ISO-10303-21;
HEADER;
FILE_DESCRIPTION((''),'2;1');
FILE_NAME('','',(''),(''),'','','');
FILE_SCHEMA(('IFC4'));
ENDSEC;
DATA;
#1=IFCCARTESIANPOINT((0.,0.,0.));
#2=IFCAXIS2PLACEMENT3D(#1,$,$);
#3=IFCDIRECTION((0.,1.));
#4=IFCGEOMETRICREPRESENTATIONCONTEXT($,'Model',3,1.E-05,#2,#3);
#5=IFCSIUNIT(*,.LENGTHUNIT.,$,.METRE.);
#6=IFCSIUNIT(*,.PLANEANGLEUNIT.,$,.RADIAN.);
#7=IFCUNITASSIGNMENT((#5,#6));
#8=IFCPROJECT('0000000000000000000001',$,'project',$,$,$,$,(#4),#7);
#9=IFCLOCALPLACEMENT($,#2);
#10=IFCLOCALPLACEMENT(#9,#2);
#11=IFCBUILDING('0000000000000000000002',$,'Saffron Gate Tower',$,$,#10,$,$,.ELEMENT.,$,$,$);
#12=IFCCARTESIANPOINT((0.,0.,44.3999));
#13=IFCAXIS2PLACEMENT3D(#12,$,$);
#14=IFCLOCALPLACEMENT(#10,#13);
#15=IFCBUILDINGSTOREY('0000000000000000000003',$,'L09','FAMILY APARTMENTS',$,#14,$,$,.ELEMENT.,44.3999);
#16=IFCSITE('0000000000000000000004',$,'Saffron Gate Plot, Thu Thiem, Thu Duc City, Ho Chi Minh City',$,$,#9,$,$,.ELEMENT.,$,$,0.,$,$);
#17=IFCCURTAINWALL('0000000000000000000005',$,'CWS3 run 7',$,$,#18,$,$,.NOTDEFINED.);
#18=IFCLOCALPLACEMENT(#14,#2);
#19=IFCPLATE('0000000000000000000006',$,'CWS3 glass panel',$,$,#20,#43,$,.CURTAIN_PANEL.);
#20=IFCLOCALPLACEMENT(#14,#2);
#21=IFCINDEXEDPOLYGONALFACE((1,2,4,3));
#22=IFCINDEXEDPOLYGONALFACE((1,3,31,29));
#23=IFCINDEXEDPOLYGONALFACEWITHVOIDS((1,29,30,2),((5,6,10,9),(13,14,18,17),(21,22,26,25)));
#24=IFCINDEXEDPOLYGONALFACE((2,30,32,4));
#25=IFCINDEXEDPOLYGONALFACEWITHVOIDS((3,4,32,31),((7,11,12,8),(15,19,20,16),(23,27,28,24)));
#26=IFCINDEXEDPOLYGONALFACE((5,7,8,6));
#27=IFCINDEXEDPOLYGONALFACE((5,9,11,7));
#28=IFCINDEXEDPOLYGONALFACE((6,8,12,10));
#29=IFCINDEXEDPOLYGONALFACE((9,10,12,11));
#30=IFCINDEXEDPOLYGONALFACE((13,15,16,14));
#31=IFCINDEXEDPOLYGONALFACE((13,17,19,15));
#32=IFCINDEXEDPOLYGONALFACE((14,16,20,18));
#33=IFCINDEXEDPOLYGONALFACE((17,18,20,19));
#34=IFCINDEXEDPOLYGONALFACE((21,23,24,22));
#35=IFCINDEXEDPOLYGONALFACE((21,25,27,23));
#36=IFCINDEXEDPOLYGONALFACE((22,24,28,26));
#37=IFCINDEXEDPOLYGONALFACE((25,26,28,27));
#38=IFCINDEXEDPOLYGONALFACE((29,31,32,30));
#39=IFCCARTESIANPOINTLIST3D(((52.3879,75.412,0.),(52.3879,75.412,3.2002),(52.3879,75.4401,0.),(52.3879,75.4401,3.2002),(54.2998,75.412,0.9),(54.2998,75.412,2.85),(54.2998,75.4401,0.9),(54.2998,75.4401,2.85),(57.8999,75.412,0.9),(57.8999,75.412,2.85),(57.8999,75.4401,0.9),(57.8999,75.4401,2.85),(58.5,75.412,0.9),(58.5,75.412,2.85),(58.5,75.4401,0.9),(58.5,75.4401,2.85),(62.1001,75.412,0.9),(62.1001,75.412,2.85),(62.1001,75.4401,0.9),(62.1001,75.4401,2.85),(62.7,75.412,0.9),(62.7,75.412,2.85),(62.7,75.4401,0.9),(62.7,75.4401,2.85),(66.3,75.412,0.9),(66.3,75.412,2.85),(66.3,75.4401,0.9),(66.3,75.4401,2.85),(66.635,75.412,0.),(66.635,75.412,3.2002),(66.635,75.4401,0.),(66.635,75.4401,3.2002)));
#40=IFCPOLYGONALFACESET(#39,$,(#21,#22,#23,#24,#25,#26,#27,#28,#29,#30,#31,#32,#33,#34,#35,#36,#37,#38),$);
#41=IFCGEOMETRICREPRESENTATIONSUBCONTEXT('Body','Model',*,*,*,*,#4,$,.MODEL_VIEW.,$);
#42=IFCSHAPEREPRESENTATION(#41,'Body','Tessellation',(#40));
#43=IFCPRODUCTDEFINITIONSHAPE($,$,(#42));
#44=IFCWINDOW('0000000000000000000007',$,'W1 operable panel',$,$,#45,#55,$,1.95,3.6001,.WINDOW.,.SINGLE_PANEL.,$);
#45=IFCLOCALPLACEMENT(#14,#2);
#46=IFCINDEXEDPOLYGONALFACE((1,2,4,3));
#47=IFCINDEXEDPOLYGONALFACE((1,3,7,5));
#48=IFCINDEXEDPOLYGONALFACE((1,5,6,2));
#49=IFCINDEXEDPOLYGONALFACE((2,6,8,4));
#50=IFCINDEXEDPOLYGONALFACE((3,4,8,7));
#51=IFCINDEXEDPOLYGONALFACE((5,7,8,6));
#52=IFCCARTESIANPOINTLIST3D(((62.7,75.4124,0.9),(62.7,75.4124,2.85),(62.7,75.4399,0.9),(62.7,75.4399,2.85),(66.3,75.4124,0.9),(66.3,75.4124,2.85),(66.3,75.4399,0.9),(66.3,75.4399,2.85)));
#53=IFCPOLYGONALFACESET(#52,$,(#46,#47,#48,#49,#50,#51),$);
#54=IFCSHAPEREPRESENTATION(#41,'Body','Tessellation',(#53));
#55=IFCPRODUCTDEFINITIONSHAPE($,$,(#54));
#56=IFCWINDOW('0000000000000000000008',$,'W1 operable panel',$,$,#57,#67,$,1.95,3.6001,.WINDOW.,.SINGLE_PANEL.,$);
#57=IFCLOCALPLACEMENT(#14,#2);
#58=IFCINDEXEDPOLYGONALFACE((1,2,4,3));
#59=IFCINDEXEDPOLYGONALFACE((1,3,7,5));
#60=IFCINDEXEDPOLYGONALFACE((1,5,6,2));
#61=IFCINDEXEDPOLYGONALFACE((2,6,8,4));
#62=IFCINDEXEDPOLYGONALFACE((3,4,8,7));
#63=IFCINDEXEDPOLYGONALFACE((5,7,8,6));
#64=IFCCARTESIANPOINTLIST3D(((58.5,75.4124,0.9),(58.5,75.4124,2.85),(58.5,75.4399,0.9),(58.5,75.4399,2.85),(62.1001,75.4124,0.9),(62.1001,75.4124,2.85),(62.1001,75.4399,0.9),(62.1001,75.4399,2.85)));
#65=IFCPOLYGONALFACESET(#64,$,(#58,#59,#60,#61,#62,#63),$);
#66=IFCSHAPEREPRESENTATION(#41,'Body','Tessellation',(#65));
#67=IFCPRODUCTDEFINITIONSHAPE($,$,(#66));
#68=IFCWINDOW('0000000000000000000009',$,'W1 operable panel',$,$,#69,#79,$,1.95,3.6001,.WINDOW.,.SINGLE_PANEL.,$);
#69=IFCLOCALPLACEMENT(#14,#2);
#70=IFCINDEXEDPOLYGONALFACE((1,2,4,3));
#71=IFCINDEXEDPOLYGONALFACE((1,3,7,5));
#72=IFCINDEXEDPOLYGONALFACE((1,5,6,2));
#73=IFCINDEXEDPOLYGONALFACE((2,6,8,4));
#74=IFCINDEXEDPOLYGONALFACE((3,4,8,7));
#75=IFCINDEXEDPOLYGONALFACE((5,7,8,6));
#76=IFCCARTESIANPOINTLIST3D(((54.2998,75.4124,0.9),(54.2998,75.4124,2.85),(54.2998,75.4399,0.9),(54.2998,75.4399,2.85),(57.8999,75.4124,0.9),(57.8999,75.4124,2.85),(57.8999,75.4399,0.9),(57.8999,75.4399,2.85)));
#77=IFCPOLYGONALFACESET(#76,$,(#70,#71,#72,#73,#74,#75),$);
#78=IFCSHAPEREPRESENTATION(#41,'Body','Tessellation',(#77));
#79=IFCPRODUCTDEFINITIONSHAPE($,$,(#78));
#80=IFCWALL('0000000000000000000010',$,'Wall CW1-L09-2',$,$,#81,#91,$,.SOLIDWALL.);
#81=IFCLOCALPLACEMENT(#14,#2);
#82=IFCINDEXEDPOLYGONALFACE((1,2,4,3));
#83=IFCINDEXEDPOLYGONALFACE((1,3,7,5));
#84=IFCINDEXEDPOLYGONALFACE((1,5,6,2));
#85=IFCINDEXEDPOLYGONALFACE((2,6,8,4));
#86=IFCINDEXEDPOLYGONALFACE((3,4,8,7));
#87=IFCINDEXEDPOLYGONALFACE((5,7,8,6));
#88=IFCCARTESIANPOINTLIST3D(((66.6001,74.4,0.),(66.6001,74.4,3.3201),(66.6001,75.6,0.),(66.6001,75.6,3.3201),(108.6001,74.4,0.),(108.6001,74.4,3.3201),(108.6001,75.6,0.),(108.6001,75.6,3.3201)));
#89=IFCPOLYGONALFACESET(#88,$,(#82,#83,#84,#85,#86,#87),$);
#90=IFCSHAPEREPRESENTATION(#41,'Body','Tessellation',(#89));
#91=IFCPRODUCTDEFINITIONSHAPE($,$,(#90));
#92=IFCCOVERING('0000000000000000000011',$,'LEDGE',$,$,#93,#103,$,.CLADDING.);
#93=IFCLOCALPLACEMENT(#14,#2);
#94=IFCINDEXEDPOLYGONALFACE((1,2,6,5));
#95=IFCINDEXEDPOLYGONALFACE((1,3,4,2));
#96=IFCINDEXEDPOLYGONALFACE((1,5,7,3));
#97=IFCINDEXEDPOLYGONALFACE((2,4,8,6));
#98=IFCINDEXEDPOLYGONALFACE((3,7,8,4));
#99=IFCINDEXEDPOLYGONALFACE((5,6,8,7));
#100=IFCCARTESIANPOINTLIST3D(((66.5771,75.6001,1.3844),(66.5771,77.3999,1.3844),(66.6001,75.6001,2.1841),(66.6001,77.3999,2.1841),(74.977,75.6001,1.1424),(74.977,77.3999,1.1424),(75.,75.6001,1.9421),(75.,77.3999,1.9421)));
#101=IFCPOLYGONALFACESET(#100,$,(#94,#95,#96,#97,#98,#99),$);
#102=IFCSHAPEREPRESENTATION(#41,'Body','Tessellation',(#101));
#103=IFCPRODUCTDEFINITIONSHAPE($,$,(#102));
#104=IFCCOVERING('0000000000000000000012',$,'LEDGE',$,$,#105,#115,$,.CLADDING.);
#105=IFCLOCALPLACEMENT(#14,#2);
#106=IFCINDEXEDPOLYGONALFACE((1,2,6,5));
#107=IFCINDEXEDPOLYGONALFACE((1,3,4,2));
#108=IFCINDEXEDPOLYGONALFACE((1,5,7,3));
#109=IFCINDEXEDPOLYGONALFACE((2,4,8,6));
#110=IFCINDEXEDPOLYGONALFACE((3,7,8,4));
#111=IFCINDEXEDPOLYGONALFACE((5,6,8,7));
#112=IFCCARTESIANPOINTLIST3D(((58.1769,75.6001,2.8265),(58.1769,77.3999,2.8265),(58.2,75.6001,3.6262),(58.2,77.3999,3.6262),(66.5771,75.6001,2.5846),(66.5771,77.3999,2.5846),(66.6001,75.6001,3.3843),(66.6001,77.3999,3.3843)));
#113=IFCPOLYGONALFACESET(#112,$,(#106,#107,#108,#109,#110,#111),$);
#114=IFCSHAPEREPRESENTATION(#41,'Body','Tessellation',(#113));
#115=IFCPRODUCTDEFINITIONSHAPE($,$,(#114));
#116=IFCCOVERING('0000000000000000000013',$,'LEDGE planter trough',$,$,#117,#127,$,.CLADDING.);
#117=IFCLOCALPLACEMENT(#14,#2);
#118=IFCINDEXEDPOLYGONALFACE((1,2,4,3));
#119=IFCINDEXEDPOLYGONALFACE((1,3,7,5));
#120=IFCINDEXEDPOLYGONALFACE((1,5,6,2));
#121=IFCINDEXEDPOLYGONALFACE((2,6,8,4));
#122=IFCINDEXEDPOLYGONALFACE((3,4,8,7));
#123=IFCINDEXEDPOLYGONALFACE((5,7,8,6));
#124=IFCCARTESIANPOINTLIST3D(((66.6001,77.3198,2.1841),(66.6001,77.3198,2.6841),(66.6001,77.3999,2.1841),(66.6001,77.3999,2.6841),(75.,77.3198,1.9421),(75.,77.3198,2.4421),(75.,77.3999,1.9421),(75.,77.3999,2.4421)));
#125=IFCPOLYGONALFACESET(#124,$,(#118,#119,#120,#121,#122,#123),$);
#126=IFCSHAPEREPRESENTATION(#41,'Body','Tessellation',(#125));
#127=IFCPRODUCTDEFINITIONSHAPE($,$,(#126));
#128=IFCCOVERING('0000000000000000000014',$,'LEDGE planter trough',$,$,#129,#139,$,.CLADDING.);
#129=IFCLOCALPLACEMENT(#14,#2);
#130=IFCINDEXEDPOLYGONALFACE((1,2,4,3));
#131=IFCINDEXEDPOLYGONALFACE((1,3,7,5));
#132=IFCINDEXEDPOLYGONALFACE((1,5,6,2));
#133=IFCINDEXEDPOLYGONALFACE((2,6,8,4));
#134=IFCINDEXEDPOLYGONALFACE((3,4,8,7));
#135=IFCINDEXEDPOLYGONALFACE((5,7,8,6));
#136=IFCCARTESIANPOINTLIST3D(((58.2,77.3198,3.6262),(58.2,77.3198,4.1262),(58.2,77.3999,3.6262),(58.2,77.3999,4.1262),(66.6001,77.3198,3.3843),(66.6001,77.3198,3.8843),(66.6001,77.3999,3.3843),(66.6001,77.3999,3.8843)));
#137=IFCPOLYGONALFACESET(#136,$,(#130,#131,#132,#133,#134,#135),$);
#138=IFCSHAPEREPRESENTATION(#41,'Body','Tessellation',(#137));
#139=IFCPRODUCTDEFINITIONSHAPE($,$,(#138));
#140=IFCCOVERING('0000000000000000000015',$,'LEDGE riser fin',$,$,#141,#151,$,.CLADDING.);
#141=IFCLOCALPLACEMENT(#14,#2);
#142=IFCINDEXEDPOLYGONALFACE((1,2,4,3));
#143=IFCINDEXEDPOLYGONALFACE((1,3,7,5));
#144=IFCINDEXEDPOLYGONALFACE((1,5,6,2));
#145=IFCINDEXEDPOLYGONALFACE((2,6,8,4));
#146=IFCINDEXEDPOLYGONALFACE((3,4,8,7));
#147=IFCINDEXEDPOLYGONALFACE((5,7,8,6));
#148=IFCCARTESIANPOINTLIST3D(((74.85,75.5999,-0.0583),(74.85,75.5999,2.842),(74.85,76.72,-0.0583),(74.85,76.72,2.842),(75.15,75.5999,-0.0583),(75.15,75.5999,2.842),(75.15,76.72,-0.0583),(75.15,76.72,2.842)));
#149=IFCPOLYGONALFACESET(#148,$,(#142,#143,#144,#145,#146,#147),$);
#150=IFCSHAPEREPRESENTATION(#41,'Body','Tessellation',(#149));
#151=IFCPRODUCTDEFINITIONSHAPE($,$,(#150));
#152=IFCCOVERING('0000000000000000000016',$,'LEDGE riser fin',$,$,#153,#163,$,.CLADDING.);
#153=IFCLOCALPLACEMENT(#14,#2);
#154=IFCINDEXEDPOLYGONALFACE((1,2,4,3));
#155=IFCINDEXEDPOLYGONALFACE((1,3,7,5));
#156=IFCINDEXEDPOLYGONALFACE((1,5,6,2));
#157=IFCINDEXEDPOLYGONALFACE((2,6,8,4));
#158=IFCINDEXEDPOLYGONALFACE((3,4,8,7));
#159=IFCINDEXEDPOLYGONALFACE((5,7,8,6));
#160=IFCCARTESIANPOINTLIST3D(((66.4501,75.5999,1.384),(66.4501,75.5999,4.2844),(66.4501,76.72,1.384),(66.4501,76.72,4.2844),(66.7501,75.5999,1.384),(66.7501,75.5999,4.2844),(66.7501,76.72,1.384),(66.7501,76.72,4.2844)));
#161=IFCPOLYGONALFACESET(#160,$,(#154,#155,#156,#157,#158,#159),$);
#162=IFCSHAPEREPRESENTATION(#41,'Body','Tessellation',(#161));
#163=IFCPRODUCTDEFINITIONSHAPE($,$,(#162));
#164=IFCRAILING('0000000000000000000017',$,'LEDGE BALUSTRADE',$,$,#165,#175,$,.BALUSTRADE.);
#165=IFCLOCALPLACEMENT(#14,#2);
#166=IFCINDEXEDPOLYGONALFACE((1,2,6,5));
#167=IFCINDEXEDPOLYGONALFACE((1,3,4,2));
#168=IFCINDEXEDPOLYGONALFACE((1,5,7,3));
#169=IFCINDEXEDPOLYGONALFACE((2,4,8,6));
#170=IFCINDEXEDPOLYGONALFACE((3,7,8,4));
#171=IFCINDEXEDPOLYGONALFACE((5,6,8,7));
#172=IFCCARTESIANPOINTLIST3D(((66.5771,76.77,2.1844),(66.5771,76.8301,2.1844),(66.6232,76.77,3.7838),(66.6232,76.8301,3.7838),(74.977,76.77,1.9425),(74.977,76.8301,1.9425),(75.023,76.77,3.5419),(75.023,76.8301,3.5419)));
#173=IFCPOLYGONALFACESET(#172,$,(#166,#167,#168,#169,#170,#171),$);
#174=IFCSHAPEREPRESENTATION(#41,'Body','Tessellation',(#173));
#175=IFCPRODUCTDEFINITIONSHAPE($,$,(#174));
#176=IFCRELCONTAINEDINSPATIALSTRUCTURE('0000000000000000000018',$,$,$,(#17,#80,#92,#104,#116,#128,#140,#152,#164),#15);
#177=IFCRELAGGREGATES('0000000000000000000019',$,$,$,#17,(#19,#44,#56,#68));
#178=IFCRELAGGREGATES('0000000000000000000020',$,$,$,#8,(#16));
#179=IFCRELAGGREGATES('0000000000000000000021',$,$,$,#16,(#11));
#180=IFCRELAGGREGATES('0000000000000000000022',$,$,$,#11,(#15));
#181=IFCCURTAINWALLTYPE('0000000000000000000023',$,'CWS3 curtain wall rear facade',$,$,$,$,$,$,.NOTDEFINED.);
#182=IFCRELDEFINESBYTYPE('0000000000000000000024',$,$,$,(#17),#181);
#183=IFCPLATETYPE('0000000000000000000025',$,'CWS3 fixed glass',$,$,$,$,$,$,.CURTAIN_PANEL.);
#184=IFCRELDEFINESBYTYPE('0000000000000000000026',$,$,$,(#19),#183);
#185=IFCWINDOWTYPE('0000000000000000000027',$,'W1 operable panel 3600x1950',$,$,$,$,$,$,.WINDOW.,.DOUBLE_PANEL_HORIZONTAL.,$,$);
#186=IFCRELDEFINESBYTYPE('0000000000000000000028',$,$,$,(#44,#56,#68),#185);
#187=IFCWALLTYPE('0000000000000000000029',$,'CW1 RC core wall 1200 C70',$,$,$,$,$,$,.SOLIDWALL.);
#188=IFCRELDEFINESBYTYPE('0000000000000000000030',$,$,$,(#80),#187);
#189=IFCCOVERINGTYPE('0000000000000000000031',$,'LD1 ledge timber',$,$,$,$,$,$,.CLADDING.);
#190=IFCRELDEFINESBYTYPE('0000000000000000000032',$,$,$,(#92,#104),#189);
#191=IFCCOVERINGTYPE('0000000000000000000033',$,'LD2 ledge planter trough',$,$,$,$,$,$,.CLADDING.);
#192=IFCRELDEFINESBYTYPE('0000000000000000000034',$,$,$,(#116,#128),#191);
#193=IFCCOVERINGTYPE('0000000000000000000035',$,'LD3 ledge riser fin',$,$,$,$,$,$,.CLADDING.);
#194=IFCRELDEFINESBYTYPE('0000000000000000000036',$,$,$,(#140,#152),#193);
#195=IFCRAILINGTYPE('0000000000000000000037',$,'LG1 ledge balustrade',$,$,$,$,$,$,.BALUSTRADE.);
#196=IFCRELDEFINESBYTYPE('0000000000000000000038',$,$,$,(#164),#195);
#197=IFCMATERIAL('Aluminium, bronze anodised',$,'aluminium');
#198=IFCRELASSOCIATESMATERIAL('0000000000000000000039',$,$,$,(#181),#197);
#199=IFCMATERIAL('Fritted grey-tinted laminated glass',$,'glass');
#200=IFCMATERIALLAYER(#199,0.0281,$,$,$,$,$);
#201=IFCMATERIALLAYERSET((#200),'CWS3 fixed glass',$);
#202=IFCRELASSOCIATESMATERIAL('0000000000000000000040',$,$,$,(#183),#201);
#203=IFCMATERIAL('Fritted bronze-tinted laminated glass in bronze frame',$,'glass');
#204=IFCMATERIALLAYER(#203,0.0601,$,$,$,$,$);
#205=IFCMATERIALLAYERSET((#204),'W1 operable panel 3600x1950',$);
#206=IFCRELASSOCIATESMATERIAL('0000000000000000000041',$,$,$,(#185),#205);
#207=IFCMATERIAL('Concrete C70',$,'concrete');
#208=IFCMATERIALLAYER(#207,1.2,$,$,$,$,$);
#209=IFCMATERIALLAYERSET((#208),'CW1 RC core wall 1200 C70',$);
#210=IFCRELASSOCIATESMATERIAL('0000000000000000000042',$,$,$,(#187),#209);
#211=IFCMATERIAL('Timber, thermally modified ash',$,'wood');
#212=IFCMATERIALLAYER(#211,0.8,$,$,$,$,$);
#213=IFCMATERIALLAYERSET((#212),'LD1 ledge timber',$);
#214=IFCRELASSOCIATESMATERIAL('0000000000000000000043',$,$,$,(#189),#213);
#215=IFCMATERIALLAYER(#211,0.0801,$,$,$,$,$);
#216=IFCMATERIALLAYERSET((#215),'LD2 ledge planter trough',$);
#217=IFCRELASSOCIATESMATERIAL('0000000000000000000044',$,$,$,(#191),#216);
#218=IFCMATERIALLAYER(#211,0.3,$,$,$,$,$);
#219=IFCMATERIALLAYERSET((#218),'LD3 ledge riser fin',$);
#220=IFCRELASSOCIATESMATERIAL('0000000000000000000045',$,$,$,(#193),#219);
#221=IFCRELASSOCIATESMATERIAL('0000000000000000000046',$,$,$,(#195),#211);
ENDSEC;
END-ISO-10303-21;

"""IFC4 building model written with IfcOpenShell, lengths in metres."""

from ifc_helpers import new_model, si_unit, direction, frame, frame_2d, origin, origin_2d, place, context, subcontext, project, spatial, polyline, rectangle, outline, extrude, material, layer, layer_set, type_object, element, fill, aggregate, save


model = new_model("IFC4")

# Units and contexts
model_context = context("Model", 3, precision=1e-05, world=origin(), true_north=direction((0.0, 1.0)))
body_context = subcontext(model_context, "Body", "Model", "MODEL_VIEW")
ifc_project = project(units=[si_unit("LENGTHUNIT", "METRE"), si_unit("PLANEANGLEUNIT", "RADIAN")], contexts=[model_context])

# Site, building, storey
site_placement = place(None, origin())
site = spatial("IfcSite", under=ifc_project, at=site_placement, Name="Saffron Gate Plot, Thu Thiem, Thu Duc City, Ho Chi Minh City", CompositionType="ELEMENT", RefElevation=0.0)
building_placement = place(site_placement, origin())
building = spatial("IfcBuilding", under=site, at=building_placement, Name="Saffron Gate Tower", CompositionType="ELEMENT")
storey_placement = place(building_placement, frame((0.0, 0.0, 44.3999)))
storey = spatial("IfcBuildingStorey", under=building, at=storey_placement, Name="L09", Description="FAMILY APARTMENTS", CompositionType="ELEMENT", Elevation=44.3999)

# Curtain wall, plate, openings, windows
ifc_material_1 = material(Name="Aluminium, bronze anodised", Category="aluminium")
curtain_wall_type = type_object("IfcCurtainWallType", Name="CWS3 curtain wall rear facade", PredefinedType="NOTDEFINED", material=ifc_material_1)
curtain_wall_placement = place(storey_placement, origin())
curtain_wall = element("IfcCurtainWall", 1, at=curtain_wall_placement, inside=storey, type_object=curtain_wall_type, Name="CWS3 run 7", PredefinedType="NOTDEFINED")
ifc_material_2 = material(Name="Fritted grey-tinted laminated glass", Category="glass")
ifc_layer_1 = layer(ifc_material_2, 0.0281)
ifc_layer_set_1 = layer_set([ifc_layer_1], Name="CWS3 fixed glass")
plate_type = type_object("IfcPlateType", Name="CWS3 fixed glass", PredefinedType="CURTAIN_PANEL", material=ifc_layer_set_1)
plate_placement = place(storey_placement, frame((66.635, 75.426, 0.0), z_axis=(0.0, 0.0, 1.0), x_axis=(-1.0, 0.0, 0.0)))
plate = element("IfcPlate", 2, at=plate_placement, type_object=plate_type, Name="CWS3 glass panel", PredefinedType="CURTAIN_PANEL", context=body_context, shape_type="SweptSolid", body=[
    extrude(rectangle(XDim=14.2471, YDim=0.0281, at=frame_2d((7.1235, 0.0))), origin(), (0.0, 0.0, 1.0), 3.2002),
])
opening_1_placement = place(plate_placement, frame((0.335, 0.0, 0.8999)))
opening_1 = element("IfcOpeningElement", 3, at=opening_1_placement, cuts=plate, PredefinedType="OPENING", context=body_context, shape_type="SweptSolid", body=[
    extrude(rectangle(XDim=3.6001, YDim=1.95, at=frame_2d((1.8, 0.9751))), frame((0.0, 0.0239, 0.0), z_axis=(0.0, -1.0, 0.0), x_axis=(1.0, 0.0, 0.0)), (0.0, 0.0, 1.0), 0.0481),
])
opening_2_placement = place(plate_placement, frame((4.5349, 0.0, 0.8999)))
opening_2 = element("IfcOpeningElement", 4, at=opening_2_placement, cuts=plate, PredefinedType="OPENING", context=body_context, shape_type="SweptSolid", body=[
    extrude(rectangle(XDim=3.6001, YDim=1.95, at=frame_2d((1.8, 0.9751))), frame((0.0, 0.0239, 0.0), z_axis=(0.0, -1.0, 0.0), x_axis=(1.0, 0.0, 0.0)), (0.0, 0.0, 1.0), 0.0481),
])
opening_3_placement = place(plate_placement, frame((8.7351, 0.0, 0.8999)))
opening_3 = element("IfcOpeningElement", 5, at=opening_3_placement, cuts=plate, PredefinedType="OPENING", context=body_context, shape_type="SweptSolid", body=[
    extrude(rectangle(XDim=3.6001, YDim=1.95, at=frame_2d((1.8, 0.9751))), frame((0.0, 0.0239, 0.0), z_axis=(0.0, -1.0, 0.0), x_axis=(1.0, 0.0, 0.0)), (0.0, 0.0, 1.0), 0.0481),
])
ifc_material_3 = material(Name="Fritted bronze-tinted laminated glass in bronze frame", Category="glass")
ifc_layer_2 = layer(ifc_material_3, 0.0601)
ifc_layer_set_2 = layer_set([ifc_layer_2], Name="W1 operable panel 3600x1950")
window_type = type_object("IfcWindowType", Name="W1 operable panel 3600x1950", PartitioningType="DOUBLE_PANEL_HORIZONTAL", PredefinedType="WINDOW", material=ifc_layer_set_2)
window_1_placement = place(opening_1_placement, origin())
window_1 = element("IfcWindow", 6, at=window_1_placement, type_object=window_type, Name="W1 operable panel", OverallHeight=1.95, OverallWidth=3.6001, PartitioningType="SINGLE_PANEL", PredefinedType="WINDOW", context=body_context, shape_type="SweptSolid", body=[
    extrude(rectangle(XDim=3.6001, YDim=1.95, at=frame_2d((1.8, 0.9751))), frame((0.0, 0.0137, 0.0), z_axis=(0.0, -1.0, 0.0), x_axis=(1.0, 0.0, 0.0)), (0.0, 0.0, 1.0), 0.0276),
])
fill(opening_1, window_1)
window_2_placement = place(opening_2_placement, origin())
window_2 = element("IfcWindow", 7, at=window_2_placement, type_object=window_type, Name="W1 operable panel", OverallHeight=1.95, OverallWidth=3.6001, PartitioningType="SINGLE_PANEL", PredefinedType="WINDOW", context=body_context, shape_type="SweptSolid", body=[
    extrude(rectangle(XDim=3.6001, YDim=1.95, at=frame_2d((1.8, 0.9751))), frame((0.0, 0.0137, 0.0), z_axis=(0.0, -1.0, 0.0), x_axis=(1.0, 0.0, 0.0)), (0.0, 0.0, 1.0), 0.0276),
])
fill(opening_2, window_2)
window_3_placement = place(opening_3_placement, origin())
window_3 = element("IfcWindow", 8, at=window_3_placement, type_object=window_type, Name="W1 operable panel", OverallHeight=1.95, OverallWidth=3.6001, PartitioningType="SINGLE_PANEL", PredefinedType="WINDOW", context=body_context, shape_type="SweptSolid", body=[
    extrude(rectangle(XDim=3.6001, YDim=1.95, at=frame_2d((1.8, 0.9751))), frame((0.0, 0.0137, 0.0), z_axis=(0.0, -1.0, 0.0), x_axis=(1.0, 0.0, 0.0)), (0.0, 0.0, 1.0), 0.0276),
])
fill(opening_3, window_3)
aggregate(curtain_wall, [plate, window_1, window_2, window_3])

# Wall
ifc_material_4 = material(Name="Concrete C70", Category="concrete")
ifc_layer_3 = layer(ifc_material_4, 1.2)
ifc_layer_set_3 = layer_set([ifc_layer_3], Name="CW1 RC core wall 1200 C70")
wall_type = type_object("IfcWallType", Name="CW1 RC core wall 1200 C70", PredefinedType="SOLIDWALL", material=ifc_layer_set_3)
wall_placement = place(storey_placement, frame((66.6001, 75.0, 0.0), z_axis=(0.0, 0.0, 1.0), x_axis=(1.0, 0.0, 0.0)))
element("IfcWall", 9, at=wall_placement, inside=storey, type_object=wall_type, Name="Wall CW1-L09-2", PredefinedType="SOLIDWALL", context=body_context, shape_type="SweptSolid", body=[
    extrude(rectangle(XDim=42.0, YDim=1.2, at=frame_2d((21.0, 0.0))), origin(), (0.0, 0.0, 1.0), 3.3201),
])

# Coverings
ifc_material_5 = material(Name="Timber, thermally modified ash", Category="wood")
ifc_layer_4 = layer(ifc_material_5, 0.8)
ifc_layer_set_4 = layer_set([ifc_layer_4], Name="LD1 ledge timber")
covering_type_1 = type_object("IfcCoveringType", Name="LD1 ledge timber", PredefinedType="CLADDING", material=ifc_layer_set_4)
covering_1_placement = place(storey_placement, frame((75.0, 75.6001, 1.9421), z_axis=(0.028791, 0.0, 0.999585), x_axis=(-0.999585, 0.0, 0.028791)))
element("IfcCovering", 10, at=covering_1_placement, inside=storey, type_object=covering_type_1, Name="LEDGE", PredefinedType="CLADDING", context=body_context, shape_type="SweptSolid", body=[
    extrude(outline(polyline([(0.0, 0.0), (8.4034, 0.0), (8.4034, -1.7998), (0.0, -1.7998), (0.0, 0.0)])), origin(), (0.0, 0.0, -1.0), 0.8),
])
covering_2_placement = place(storey_placement, frame((66.6001, 75.6001, 3.3843), z_axis=(0.02879, 0.0, 0.999585), x_axis=(-0.999585, 0.0, 0.02879)))
element("IfcCovering", 11, at=covering_2_placement, inside=storey, type_object=covering_type_1, Name="LEDGE", PredefinedType="CLADDING", context=body_context, shape_type="SweptSolid", body=[
    extrude(outline(polyline([(0.0, 0.0), (8.4036, 0.0), (8.4036, -1.7998), (0.0, -1.7998), (0.0, 0.0)])), origin(), (0.0, 0.0, -1.0), 0.8),
])
ifc_layer_5 = layer(ifc_material_5, 0.0801)
ifc_layer_set_5 = layer_set([ifc_layer_5], Name="LD2 ledge planter trough")
covering_type_2 = type_object("IfcCoveringType", Name="LD2 ledge planter trough", PredefinedType="CLADDING", material=ifc_layer_set_5)
covering_3_placement = place(storey_placement, frame((75.0, 77.3999, 1.9421), z_axis=(0.0, 1.0, 0.0), x_axis=(-0.999585, 0.0, 0.028791)))
element("IfcCovering", 12, at=covering_3_placement, inside=storey, type_object=covering_type_2, Name="LEDGE planter trough", PredefinedType="CLADDING", context=body_context, shape_type="SweptSolid", body=[
    extrude(outline(polyline([(0.0, 0.0), (8.4034, 0.0), (8.4178, 0.4998), (0.0144, 0.4998), (0.0, 0.0)])), origin(), (0.0, 0.0, -1.0), 0.0801),
])
covering_4_placement = place(storey_placement, frame((66.6001, 77.3999, 3.3843), z_axis=(0.0, 1.0, 0.0), x_axis=(-0.999585, 0.0, 0.02879)))
element("IfcCovering", 13, at=covering_4_placement, inside=storey, type_object=covering_type_2, Name="LEDGE planter trough", PredefinedType="CLADDING", context=body_context, shape_type="SweptSolid", body=[
    extrude(outline(polyline([(0.0, 0.0), (8.4036, 0.0), (8.418, 0.4998), (0.0144, 0.4998), (0.0, 0.0)])), origin(), (0.0, 0.0, -1.0), 0.0801),
])
ifc_layer_6 = layer(ifc_material_5, 0.3)
ifc_layer_set_6 = layer_set([ifc_layer_6], Name="LD3 ledge riser fin")
covering_type_3 = type_object("IfcCoveringType", Name="LD3 ledge riser fin", PredefinedType="CLADDING", material=ifc_layer_set_6)
for number, where, z_axis, x_axis, name in (
    (14, (75.0, 76.1599, -0.0583), (0.0, 0.0, 1.0), (-1.0, 0.0, 0.0), "LEDGE riser fin"),
    (15, (66.6001, 76.1599, 1.384), (0.0, 0.0, 1.0), (-1.0, 0.0, 0.0), "LEDGE riser fin"),
):
    element("IfcCovering", number, at=place(storey_placement, frame(where, z_axis=z_axis, x_axis=x_axis)), inside=storey, type_object=covering_type_3, Name=name, PredefinedType="CLADDING", context=body_context, shape_type="SweptSolid", body=[
        extrude(rectangle(XDim=0.3, YDim=1.1201, at=origin_2d()), origin(), (0.0, 0.0, 1.0), 2.9004),
    ])

# Railing
railing_type = type_object("IfcRailingType", Name="LG1 ledge balustrade", PredefinedType="BALUSTRADE", material=ifc_material_5)
railing_1_placement = place(storey_placement, frame((75.0, 76.8, 1.9421)))
element("IfcRailing", 16, at=railing_1_placement, inside=storey, type_object=railing_type, Name="LEDGE BALUSTRADE", PredefinedType="BALUSTRADE", context=body_context, shape_type="SweptSolid", body=[
    extrude(rectangle(XDim=0.0601, YDim=1.6001, at=origin_2d()), frame((0.0, 0.0, 0.8), z_axis=(-0.999585, 0.0, 0.028791), x_axis=(0.0, -1.0, 0.0)), (0.0, 0.0, 1.0), 8.4033),
])

save(model, "model.ifc")
